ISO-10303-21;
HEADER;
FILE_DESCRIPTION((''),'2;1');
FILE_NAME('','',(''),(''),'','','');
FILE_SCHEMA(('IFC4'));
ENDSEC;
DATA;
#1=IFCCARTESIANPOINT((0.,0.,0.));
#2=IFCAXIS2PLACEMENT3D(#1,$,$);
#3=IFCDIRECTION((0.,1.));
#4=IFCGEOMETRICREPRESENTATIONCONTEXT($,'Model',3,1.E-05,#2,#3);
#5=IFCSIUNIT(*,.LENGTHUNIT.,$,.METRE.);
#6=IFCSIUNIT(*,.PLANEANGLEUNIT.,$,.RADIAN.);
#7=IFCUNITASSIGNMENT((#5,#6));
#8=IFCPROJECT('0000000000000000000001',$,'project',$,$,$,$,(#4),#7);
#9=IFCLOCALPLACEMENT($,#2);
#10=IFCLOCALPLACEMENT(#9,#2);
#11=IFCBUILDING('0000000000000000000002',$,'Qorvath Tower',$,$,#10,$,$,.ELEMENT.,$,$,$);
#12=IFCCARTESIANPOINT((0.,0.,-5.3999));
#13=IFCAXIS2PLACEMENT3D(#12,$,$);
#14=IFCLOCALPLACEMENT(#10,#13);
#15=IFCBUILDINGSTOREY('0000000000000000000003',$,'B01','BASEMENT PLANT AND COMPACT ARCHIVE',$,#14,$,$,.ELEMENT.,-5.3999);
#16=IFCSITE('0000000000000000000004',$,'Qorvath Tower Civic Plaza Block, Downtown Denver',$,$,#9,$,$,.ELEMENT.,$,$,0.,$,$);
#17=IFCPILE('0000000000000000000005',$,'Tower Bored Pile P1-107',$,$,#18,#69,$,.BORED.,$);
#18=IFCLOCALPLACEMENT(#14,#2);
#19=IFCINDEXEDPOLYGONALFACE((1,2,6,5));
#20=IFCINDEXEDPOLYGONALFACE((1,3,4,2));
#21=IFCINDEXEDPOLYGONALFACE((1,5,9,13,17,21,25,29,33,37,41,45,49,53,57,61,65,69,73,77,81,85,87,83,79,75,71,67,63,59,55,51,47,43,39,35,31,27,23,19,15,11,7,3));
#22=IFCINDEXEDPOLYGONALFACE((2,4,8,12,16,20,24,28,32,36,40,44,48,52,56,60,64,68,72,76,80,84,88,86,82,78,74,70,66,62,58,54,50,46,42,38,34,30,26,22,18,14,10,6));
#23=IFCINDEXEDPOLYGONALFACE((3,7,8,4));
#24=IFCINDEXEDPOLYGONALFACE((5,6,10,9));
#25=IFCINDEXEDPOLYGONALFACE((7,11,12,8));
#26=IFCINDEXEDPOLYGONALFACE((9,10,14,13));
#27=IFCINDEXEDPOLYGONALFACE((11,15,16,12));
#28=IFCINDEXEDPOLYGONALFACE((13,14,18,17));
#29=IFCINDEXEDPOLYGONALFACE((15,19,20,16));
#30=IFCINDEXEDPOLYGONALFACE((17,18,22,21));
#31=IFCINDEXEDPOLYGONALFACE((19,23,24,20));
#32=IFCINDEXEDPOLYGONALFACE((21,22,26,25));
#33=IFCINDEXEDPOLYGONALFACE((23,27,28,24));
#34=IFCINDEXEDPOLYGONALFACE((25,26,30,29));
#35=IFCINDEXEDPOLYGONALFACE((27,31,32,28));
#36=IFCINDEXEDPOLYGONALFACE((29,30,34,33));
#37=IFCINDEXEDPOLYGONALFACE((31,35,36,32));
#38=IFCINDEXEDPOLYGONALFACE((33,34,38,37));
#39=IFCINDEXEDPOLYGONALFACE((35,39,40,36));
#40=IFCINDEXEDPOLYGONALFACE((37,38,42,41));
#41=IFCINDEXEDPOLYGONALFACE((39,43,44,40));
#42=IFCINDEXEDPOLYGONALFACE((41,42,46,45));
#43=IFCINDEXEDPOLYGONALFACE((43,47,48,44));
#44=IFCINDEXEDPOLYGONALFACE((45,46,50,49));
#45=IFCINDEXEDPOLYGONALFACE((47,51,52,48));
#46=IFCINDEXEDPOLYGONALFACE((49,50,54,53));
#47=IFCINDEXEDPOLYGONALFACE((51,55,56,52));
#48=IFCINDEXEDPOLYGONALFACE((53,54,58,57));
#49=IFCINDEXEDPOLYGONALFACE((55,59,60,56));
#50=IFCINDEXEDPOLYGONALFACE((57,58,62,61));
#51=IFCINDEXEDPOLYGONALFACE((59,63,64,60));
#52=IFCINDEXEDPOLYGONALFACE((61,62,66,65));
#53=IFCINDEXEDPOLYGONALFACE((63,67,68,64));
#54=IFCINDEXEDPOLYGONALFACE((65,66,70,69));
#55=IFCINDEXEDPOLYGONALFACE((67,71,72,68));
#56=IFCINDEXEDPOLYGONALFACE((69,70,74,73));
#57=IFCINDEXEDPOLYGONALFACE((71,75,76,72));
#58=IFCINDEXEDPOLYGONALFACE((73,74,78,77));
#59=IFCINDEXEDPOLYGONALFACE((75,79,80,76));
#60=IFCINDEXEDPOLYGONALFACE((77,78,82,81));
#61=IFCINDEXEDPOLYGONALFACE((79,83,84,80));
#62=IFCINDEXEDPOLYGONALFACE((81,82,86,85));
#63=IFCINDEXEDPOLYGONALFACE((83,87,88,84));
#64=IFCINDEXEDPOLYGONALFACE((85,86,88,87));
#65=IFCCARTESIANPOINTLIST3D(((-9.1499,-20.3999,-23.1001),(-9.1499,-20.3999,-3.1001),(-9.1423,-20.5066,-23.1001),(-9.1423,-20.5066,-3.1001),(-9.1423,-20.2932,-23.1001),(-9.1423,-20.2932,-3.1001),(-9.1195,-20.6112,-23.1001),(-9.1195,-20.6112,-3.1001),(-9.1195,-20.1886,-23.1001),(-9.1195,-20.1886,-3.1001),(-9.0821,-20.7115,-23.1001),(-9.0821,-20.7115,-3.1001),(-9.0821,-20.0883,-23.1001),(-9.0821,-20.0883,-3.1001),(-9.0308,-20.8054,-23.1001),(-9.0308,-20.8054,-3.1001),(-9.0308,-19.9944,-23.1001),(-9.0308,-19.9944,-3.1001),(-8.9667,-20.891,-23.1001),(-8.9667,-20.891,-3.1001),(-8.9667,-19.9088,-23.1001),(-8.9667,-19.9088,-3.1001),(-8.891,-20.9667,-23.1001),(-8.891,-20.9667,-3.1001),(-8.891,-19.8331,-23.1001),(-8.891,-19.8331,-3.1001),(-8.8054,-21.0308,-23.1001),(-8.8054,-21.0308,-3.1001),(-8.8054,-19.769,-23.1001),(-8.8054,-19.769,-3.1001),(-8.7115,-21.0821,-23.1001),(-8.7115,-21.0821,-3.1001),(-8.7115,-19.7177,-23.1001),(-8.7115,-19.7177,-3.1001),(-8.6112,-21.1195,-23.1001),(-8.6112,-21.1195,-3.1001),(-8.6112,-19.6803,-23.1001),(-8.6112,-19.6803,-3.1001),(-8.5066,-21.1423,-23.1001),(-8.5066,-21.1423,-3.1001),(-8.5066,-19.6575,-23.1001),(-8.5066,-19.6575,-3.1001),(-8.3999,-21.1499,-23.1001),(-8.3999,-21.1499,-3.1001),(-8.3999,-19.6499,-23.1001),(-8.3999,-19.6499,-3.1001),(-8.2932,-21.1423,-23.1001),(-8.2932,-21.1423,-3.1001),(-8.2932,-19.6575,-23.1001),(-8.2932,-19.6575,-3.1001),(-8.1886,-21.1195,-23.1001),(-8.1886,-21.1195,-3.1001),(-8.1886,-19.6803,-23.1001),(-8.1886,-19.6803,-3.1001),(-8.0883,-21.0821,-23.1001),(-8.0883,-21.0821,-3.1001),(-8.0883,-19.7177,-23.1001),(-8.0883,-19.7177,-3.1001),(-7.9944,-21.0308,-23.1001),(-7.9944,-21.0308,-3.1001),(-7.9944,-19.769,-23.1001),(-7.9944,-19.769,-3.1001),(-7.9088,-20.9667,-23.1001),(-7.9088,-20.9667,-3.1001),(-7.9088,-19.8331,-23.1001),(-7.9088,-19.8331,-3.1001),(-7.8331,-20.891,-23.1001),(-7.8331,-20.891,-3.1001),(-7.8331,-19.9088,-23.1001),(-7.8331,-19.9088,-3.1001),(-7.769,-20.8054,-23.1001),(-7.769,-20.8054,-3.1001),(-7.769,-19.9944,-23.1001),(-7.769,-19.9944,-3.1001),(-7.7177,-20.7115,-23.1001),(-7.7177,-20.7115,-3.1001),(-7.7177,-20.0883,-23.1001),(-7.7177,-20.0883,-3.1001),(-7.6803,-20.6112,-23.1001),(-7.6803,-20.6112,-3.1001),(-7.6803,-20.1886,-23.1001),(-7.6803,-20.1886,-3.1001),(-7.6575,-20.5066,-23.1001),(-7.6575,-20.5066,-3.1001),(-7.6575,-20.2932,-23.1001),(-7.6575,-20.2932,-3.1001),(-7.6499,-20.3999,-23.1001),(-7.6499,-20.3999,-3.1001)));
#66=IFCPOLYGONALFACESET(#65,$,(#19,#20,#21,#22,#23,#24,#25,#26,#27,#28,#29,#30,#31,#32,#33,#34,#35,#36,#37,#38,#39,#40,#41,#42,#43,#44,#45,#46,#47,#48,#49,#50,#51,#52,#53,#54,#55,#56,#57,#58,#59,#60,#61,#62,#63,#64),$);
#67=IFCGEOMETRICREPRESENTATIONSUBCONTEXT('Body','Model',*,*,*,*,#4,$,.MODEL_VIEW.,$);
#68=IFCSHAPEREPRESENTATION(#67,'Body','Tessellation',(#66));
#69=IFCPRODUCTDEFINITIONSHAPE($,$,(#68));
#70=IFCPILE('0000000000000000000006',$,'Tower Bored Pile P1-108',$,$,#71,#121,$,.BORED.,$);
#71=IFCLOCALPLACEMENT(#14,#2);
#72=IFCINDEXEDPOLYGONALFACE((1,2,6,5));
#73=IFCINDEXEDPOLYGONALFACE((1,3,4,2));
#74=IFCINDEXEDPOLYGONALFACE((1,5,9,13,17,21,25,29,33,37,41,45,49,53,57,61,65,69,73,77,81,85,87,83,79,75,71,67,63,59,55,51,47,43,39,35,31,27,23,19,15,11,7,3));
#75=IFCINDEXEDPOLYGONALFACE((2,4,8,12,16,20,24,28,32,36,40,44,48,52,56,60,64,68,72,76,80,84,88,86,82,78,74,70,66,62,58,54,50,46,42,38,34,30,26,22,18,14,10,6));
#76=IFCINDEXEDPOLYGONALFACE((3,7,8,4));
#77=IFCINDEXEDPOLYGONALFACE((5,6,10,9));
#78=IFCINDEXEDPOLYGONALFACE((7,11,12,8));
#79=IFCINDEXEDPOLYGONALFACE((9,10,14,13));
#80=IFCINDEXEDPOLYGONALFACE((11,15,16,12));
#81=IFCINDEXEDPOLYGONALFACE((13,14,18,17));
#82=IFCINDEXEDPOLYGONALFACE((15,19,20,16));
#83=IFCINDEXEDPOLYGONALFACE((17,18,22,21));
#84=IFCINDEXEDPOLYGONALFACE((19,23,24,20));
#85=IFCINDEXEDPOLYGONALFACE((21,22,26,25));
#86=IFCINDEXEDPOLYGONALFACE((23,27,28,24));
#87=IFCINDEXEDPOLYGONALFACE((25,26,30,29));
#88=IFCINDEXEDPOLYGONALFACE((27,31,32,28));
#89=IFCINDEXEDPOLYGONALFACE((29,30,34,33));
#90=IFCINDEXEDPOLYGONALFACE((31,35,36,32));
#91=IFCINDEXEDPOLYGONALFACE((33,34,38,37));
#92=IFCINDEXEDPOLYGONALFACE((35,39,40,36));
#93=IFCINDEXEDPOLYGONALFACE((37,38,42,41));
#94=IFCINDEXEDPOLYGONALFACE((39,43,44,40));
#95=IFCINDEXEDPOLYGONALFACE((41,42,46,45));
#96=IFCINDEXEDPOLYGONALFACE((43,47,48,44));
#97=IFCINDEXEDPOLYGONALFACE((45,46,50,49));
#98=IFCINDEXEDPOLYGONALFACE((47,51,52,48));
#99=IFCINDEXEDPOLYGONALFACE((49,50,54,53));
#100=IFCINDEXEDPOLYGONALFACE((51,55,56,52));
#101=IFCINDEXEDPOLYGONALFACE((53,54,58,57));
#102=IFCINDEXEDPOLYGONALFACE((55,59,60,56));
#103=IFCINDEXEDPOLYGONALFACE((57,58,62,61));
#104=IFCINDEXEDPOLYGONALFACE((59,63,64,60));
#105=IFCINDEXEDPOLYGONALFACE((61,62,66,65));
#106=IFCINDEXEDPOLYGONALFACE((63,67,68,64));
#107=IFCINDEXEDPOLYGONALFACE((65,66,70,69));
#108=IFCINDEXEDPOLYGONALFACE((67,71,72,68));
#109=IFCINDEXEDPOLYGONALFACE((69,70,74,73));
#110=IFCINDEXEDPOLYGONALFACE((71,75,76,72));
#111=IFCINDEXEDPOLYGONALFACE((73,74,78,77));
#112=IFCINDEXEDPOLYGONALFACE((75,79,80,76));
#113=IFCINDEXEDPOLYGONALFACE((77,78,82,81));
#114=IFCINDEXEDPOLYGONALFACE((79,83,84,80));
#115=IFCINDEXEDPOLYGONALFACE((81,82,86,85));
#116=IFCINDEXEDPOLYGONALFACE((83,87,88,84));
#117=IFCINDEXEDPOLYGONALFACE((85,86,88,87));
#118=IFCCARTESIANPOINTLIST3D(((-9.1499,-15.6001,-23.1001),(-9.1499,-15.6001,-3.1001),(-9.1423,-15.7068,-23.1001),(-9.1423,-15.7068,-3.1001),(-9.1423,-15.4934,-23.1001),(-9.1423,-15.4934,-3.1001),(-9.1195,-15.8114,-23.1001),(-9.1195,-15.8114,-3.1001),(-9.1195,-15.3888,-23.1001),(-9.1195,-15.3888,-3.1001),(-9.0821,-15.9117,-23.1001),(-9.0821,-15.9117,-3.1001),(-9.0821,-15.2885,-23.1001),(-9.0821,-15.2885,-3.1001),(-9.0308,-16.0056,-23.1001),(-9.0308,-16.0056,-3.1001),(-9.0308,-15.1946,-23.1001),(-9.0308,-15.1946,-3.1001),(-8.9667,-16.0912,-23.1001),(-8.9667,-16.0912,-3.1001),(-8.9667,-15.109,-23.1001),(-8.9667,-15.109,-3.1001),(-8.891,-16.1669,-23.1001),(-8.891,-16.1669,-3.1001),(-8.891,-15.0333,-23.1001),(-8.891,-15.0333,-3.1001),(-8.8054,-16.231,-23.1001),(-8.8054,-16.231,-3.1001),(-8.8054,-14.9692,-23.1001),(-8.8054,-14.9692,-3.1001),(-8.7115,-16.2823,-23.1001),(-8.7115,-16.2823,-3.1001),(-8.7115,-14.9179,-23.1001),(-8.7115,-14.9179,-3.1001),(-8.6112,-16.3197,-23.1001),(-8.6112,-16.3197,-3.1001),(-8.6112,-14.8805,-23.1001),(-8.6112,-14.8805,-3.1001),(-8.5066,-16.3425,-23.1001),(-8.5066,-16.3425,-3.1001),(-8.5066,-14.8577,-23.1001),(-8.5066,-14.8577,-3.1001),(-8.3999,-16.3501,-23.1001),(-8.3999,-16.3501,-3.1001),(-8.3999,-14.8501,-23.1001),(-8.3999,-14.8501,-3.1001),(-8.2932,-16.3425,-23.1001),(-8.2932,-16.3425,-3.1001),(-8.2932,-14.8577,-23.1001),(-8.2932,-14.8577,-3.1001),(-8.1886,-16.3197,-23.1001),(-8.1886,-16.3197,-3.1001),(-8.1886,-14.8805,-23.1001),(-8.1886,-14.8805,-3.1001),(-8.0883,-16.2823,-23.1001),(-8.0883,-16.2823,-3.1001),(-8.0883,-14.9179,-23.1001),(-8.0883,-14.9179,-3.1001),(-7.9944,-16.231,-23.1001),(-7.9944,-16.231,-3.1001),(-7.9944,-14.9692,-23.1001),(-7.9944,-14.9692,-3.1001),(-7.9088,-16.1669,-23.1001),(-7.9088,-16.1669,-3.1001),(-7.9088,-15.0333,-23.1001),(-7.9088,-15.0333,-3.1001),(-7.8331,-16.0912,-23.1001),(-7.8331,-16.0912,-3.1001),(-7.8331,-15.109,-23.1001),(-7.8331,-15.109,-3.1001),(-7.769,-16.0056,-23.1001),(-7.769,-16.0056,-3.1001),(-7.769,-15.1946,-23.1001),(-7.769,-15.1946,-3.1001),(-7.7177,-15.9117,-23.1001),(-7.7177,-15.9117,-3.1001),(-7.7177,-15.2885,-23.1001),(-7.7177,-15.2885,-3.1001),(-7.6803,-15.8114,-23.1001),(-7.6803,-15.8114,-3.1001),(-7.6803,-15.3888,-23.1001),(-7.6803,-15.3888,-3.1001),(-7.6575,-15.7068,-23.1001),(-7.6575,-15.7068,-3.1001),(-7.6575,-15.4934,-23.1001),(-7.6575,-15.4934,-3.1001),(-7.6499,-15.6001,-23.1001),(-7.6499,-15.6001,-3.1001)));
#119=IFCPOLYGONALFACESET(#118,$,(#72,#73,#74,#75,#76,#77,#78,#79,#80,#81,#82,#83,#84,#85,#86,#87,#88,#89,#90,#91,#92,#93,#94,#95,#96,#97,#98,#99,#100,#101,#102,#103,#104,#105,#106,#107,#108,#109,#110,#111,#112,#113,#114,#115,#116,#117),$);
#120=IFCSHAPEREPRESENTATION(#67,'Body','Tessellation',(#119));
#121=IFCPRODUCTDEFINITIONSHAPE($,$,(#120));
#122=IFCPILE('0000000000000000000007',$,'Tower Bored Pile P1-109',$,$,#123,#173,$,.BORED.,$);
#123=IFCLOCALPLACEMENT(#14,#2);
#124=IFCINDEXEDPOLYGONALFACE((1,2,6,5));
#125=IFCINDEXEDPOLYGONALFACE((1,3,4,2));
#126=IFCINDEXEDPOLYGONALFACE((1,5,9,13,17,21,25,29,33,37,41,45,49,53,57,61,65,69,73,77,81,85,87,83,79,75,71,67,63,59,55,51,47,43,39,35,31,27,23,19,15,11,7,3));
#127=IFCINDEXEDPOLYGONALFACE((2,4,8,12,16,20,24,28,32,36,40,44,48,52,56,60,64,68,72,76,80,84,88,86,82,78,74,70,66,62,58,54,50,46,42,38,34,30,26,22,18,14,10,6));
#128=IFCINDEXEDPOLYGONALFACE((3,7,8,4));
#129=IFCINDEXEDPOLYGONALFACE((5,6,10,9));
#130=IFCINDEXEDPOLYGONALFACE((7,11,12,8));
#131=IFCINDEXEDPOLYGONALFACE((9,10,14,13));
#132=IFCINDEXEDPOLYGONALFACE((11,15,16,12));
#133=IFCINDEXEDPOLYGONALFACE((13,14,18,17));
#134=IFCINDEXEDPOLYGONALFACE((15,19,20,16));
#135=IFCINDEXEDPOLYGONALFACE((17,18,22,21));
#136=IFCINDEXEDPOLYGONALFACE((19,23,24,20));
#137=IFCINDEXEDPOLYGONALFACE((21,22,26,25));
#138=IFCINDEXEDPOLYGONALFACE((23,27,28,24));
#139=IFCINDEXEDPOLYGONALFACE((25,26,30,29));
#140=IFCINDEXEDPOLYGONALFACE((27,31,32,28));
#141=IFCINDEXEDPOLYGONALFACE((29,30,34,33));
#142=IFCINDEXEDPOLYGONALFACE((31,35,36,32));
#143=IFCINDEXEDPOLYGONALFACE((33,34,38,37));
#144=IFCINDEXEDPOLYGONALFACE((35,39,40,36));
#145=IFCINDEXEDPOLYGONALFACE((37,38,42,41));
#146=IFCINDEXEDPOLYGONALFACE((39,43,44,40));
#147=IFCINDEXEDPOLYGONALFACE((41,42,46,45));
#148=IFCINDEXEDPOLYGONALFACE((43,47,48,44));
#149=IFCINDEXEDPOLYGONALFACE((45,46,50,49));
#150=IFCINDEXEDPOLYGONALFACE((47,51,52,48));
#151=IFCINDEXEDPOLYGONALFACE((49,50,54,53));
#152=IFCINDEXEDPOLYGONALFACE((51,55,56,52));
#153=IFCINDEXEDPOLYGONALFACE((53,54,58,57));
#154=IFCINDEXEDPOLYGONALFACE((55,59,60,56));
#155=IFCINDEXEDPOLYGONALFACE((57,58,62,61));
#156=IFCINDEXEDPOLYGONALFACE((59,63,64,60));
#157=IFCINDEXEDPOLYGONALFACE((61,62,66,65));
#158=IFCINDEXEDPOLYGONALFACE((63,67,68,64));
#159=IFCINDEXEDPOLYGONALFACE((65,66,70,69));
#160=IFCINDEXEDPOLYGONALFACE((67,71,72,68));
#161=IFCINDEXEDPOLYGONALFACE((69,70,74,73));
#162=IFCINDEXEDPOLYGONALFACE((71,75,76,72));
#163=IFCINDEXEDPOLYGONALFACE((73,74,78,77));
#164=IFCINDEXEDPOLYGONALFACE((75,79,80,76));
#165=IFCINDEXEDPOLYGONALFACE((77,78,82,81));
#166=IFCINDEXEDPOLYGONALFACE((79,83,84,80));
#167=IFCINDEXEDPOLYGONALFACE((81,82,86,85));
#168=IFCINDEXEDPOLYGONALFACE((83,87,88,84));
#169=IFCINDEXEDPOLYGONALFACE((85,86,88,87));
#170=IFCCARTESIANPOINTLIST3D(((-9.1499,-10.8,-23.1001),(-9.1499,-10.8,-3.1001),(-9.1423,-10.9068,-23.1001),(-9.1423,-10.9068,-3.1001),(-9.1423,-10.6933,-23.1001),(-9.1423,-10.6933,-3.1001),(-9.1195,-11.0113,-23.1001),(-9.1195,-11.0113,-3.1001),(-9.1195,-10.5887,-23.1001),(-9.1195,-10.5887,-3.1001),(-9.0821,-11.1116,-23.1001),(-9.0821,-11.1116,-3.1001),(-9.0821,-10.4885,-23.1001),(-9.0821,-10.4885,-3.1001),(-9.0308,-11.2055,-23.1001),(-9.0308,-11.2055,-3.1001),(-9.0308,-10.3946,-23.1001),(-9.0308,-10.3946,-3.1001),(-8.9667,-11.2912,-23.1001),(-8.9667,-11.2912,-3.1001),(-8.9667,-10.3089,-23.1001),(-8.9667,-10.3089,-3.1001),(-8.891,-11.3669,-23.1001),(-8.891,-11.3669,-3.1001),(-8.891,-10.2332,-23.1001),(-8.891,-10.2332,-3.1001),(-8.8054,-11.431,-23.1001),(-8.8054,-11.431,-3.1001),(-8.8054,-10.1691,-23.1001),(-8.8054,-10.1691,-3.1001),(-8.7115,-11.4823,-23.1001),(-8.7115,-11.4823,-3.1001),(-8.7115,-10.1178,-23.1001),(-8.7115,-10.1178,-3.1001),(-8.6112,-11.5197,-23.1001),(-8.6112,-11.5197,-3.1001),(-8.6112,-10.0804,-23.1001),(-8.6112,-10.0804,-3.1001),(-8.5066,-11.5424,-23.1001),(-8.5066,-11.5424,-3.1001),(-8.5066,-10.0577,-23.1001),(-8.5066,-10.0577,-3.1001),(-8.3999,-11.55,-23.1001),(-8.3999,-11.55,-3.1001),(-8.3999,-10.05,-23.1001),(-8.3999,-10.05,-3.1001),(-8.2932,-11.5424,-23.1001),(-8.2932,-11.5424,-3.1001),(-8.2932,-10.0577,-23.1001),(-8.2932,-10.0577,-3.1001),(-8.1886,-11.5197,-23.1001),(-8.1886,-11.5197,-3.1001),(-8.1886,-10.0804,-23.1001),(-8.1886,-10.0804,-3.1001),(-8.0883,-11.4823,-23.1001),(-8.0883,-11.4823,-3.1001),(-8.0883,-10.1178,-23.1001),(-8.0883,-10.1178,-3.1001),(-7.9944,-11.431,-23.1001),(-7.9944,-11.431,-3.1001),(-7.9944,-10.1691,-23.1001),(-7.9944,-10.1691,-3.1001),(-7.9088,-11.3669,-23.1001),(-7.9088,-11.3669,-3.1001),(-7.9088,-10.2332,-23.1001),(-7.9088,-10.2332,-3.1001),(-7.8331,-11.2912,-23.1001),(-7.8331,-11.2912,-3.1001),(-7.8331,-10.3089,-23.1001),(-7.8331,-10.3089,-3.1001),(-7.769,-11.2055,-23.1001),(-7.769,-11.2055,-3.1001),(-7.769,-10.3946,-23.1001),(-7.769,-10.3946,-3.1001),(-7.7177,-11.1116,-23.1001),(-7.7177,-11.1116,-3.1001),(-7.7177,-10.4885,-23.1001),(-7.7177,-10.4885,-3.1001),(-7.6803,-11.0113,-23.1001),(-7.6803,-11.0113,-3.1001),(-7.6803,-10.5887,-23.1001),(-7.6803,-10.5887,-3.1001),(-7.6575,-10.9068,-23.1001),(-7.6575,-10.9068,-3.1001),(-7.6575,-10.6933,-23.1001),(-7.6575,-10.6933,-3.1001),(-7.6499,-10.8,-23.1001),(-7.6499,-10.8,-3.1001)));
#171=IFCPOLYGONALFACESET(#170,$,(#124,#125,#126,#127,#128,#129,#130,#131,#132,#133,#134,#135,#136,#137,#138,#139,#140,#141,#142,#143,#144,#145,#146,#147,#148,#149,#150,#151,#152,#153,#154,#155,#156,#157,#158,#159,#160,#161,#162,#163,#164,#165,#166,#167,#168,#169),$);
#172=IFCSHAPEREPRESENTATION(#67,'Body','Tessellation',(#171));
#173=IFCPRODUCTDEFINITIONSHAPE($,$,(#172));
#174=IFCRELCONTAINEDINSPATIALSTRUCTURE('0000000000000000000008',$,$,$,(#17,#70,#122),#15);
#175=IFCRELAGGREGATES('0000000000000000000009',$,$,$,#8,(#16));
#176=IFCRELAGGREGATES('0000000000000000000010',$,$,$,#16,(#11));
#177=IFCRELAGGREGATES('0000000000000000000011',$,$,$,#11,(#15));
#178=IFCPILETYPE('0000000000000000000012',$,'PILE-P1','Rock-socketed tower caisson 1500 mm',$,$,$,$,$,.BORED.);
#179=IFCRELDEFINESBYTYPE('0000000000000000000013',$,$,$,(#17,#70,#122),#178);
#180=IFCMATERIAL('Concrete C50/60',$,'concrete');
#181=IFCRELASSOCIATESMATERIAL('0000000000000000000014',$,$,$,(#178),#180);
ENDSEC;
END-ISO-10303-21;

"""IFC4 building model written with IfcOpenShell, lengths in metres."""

from ifc_helpers import new_model, si_unit, direction, frame, origin, origin_2d, place, context, subcontext, project, spatial, circle, extrude, material, material_profile, profile_set, type_object, element, save


model = new_model("IFC4")

# Units and contexts
model_context = context("Model", 3, precision=1e-05, world=origin(), true_north=direction((0.0, 1.0)))
body_context = subcontext(model_context, "Body", "Model", "MODEL_VIEW")
ifc_project = project(units=[si_unit("LENGTHUNIT", "METRE"), si_unit("PLANEANGLEUNIT", "RADIAN")], contexts=[model_context])

# Site, building, storey
site_placement = place(None, origin())
site = spatial("IfcSite", under=ifc_project, at=site_placement, Name="Qorvath Tower Civic Plaza Block, Downtown Denver", CompositionType="ELEMENT", RefElevation=0.0)
building_placement = place(site_placement, origin())
building = spatial("IfcBuilding", under=site, at=building_placement, Name="Qorvath Tower", CompositionType="ELEMENT")
storey_placement = place(building_placement, frame((0.0, 0.0, -5.3999)))
storey = spatial("IfcBuildingStorey", under=building, at=storey_placement, Name="B01", Description="BASEMENT PLANT AND COMPACT ARCHIVE", CompositionType="ELEMENT", Elevation=-5.3999)

# Piles
ifc_material_1 = material(Name="Concrete C50/60", Category="concrete")
ifc_material_profile_1 = material_profile(ifc_material_1, circle(Radius=0.75, at=origin_2d()), Name="BORED PILE 1500")
ifc_profile_set_1 = profile_set([ifc_material_profile_1], Name="Concrete C50/60")
pile_type = type_object("IfcPileType", Name="PILE-P1", Description="Rock-socketed tower caisson 1500 mm", PredefinedType="BORED", material=ifc_profile_set_1)
for number, where, z_axis, x_axis, name in (
    (1, (-8.3999, -20.3999, -3.1001), (0.0, 0.0, -1.0), (1.0, 0.0, 0.0), "Tower Bored Pile P1-107"),
    (2, (-8.3999, -15.6001, -3.1001), (0.0, 0.0, -1.0), (1.0, 0.0, 0.0), "Tower Bored Pile P1-108"),
    (3, (-8.3999, -10.8, -3.1001), (0.0, 0.0, -1.0), (1.0, 0.0, 0.0), "Tower Bored Pile P1-109"),
):
    element("IfcPile", number, at=place(storey_placement, frame(where, z_axis=z_axis, x_axis=x_axis)), inside=storey, type_object=pile_type, Name=name, PredefinedType="BORED", context=body_context, shape_type="SweptSolid", body=[
        extrude(circle(Radius=0.75, at=origin_2d()), origin(), (0.0, 0.0, 1.0), 20.0),
    ])

save(model, "model.ifc")
